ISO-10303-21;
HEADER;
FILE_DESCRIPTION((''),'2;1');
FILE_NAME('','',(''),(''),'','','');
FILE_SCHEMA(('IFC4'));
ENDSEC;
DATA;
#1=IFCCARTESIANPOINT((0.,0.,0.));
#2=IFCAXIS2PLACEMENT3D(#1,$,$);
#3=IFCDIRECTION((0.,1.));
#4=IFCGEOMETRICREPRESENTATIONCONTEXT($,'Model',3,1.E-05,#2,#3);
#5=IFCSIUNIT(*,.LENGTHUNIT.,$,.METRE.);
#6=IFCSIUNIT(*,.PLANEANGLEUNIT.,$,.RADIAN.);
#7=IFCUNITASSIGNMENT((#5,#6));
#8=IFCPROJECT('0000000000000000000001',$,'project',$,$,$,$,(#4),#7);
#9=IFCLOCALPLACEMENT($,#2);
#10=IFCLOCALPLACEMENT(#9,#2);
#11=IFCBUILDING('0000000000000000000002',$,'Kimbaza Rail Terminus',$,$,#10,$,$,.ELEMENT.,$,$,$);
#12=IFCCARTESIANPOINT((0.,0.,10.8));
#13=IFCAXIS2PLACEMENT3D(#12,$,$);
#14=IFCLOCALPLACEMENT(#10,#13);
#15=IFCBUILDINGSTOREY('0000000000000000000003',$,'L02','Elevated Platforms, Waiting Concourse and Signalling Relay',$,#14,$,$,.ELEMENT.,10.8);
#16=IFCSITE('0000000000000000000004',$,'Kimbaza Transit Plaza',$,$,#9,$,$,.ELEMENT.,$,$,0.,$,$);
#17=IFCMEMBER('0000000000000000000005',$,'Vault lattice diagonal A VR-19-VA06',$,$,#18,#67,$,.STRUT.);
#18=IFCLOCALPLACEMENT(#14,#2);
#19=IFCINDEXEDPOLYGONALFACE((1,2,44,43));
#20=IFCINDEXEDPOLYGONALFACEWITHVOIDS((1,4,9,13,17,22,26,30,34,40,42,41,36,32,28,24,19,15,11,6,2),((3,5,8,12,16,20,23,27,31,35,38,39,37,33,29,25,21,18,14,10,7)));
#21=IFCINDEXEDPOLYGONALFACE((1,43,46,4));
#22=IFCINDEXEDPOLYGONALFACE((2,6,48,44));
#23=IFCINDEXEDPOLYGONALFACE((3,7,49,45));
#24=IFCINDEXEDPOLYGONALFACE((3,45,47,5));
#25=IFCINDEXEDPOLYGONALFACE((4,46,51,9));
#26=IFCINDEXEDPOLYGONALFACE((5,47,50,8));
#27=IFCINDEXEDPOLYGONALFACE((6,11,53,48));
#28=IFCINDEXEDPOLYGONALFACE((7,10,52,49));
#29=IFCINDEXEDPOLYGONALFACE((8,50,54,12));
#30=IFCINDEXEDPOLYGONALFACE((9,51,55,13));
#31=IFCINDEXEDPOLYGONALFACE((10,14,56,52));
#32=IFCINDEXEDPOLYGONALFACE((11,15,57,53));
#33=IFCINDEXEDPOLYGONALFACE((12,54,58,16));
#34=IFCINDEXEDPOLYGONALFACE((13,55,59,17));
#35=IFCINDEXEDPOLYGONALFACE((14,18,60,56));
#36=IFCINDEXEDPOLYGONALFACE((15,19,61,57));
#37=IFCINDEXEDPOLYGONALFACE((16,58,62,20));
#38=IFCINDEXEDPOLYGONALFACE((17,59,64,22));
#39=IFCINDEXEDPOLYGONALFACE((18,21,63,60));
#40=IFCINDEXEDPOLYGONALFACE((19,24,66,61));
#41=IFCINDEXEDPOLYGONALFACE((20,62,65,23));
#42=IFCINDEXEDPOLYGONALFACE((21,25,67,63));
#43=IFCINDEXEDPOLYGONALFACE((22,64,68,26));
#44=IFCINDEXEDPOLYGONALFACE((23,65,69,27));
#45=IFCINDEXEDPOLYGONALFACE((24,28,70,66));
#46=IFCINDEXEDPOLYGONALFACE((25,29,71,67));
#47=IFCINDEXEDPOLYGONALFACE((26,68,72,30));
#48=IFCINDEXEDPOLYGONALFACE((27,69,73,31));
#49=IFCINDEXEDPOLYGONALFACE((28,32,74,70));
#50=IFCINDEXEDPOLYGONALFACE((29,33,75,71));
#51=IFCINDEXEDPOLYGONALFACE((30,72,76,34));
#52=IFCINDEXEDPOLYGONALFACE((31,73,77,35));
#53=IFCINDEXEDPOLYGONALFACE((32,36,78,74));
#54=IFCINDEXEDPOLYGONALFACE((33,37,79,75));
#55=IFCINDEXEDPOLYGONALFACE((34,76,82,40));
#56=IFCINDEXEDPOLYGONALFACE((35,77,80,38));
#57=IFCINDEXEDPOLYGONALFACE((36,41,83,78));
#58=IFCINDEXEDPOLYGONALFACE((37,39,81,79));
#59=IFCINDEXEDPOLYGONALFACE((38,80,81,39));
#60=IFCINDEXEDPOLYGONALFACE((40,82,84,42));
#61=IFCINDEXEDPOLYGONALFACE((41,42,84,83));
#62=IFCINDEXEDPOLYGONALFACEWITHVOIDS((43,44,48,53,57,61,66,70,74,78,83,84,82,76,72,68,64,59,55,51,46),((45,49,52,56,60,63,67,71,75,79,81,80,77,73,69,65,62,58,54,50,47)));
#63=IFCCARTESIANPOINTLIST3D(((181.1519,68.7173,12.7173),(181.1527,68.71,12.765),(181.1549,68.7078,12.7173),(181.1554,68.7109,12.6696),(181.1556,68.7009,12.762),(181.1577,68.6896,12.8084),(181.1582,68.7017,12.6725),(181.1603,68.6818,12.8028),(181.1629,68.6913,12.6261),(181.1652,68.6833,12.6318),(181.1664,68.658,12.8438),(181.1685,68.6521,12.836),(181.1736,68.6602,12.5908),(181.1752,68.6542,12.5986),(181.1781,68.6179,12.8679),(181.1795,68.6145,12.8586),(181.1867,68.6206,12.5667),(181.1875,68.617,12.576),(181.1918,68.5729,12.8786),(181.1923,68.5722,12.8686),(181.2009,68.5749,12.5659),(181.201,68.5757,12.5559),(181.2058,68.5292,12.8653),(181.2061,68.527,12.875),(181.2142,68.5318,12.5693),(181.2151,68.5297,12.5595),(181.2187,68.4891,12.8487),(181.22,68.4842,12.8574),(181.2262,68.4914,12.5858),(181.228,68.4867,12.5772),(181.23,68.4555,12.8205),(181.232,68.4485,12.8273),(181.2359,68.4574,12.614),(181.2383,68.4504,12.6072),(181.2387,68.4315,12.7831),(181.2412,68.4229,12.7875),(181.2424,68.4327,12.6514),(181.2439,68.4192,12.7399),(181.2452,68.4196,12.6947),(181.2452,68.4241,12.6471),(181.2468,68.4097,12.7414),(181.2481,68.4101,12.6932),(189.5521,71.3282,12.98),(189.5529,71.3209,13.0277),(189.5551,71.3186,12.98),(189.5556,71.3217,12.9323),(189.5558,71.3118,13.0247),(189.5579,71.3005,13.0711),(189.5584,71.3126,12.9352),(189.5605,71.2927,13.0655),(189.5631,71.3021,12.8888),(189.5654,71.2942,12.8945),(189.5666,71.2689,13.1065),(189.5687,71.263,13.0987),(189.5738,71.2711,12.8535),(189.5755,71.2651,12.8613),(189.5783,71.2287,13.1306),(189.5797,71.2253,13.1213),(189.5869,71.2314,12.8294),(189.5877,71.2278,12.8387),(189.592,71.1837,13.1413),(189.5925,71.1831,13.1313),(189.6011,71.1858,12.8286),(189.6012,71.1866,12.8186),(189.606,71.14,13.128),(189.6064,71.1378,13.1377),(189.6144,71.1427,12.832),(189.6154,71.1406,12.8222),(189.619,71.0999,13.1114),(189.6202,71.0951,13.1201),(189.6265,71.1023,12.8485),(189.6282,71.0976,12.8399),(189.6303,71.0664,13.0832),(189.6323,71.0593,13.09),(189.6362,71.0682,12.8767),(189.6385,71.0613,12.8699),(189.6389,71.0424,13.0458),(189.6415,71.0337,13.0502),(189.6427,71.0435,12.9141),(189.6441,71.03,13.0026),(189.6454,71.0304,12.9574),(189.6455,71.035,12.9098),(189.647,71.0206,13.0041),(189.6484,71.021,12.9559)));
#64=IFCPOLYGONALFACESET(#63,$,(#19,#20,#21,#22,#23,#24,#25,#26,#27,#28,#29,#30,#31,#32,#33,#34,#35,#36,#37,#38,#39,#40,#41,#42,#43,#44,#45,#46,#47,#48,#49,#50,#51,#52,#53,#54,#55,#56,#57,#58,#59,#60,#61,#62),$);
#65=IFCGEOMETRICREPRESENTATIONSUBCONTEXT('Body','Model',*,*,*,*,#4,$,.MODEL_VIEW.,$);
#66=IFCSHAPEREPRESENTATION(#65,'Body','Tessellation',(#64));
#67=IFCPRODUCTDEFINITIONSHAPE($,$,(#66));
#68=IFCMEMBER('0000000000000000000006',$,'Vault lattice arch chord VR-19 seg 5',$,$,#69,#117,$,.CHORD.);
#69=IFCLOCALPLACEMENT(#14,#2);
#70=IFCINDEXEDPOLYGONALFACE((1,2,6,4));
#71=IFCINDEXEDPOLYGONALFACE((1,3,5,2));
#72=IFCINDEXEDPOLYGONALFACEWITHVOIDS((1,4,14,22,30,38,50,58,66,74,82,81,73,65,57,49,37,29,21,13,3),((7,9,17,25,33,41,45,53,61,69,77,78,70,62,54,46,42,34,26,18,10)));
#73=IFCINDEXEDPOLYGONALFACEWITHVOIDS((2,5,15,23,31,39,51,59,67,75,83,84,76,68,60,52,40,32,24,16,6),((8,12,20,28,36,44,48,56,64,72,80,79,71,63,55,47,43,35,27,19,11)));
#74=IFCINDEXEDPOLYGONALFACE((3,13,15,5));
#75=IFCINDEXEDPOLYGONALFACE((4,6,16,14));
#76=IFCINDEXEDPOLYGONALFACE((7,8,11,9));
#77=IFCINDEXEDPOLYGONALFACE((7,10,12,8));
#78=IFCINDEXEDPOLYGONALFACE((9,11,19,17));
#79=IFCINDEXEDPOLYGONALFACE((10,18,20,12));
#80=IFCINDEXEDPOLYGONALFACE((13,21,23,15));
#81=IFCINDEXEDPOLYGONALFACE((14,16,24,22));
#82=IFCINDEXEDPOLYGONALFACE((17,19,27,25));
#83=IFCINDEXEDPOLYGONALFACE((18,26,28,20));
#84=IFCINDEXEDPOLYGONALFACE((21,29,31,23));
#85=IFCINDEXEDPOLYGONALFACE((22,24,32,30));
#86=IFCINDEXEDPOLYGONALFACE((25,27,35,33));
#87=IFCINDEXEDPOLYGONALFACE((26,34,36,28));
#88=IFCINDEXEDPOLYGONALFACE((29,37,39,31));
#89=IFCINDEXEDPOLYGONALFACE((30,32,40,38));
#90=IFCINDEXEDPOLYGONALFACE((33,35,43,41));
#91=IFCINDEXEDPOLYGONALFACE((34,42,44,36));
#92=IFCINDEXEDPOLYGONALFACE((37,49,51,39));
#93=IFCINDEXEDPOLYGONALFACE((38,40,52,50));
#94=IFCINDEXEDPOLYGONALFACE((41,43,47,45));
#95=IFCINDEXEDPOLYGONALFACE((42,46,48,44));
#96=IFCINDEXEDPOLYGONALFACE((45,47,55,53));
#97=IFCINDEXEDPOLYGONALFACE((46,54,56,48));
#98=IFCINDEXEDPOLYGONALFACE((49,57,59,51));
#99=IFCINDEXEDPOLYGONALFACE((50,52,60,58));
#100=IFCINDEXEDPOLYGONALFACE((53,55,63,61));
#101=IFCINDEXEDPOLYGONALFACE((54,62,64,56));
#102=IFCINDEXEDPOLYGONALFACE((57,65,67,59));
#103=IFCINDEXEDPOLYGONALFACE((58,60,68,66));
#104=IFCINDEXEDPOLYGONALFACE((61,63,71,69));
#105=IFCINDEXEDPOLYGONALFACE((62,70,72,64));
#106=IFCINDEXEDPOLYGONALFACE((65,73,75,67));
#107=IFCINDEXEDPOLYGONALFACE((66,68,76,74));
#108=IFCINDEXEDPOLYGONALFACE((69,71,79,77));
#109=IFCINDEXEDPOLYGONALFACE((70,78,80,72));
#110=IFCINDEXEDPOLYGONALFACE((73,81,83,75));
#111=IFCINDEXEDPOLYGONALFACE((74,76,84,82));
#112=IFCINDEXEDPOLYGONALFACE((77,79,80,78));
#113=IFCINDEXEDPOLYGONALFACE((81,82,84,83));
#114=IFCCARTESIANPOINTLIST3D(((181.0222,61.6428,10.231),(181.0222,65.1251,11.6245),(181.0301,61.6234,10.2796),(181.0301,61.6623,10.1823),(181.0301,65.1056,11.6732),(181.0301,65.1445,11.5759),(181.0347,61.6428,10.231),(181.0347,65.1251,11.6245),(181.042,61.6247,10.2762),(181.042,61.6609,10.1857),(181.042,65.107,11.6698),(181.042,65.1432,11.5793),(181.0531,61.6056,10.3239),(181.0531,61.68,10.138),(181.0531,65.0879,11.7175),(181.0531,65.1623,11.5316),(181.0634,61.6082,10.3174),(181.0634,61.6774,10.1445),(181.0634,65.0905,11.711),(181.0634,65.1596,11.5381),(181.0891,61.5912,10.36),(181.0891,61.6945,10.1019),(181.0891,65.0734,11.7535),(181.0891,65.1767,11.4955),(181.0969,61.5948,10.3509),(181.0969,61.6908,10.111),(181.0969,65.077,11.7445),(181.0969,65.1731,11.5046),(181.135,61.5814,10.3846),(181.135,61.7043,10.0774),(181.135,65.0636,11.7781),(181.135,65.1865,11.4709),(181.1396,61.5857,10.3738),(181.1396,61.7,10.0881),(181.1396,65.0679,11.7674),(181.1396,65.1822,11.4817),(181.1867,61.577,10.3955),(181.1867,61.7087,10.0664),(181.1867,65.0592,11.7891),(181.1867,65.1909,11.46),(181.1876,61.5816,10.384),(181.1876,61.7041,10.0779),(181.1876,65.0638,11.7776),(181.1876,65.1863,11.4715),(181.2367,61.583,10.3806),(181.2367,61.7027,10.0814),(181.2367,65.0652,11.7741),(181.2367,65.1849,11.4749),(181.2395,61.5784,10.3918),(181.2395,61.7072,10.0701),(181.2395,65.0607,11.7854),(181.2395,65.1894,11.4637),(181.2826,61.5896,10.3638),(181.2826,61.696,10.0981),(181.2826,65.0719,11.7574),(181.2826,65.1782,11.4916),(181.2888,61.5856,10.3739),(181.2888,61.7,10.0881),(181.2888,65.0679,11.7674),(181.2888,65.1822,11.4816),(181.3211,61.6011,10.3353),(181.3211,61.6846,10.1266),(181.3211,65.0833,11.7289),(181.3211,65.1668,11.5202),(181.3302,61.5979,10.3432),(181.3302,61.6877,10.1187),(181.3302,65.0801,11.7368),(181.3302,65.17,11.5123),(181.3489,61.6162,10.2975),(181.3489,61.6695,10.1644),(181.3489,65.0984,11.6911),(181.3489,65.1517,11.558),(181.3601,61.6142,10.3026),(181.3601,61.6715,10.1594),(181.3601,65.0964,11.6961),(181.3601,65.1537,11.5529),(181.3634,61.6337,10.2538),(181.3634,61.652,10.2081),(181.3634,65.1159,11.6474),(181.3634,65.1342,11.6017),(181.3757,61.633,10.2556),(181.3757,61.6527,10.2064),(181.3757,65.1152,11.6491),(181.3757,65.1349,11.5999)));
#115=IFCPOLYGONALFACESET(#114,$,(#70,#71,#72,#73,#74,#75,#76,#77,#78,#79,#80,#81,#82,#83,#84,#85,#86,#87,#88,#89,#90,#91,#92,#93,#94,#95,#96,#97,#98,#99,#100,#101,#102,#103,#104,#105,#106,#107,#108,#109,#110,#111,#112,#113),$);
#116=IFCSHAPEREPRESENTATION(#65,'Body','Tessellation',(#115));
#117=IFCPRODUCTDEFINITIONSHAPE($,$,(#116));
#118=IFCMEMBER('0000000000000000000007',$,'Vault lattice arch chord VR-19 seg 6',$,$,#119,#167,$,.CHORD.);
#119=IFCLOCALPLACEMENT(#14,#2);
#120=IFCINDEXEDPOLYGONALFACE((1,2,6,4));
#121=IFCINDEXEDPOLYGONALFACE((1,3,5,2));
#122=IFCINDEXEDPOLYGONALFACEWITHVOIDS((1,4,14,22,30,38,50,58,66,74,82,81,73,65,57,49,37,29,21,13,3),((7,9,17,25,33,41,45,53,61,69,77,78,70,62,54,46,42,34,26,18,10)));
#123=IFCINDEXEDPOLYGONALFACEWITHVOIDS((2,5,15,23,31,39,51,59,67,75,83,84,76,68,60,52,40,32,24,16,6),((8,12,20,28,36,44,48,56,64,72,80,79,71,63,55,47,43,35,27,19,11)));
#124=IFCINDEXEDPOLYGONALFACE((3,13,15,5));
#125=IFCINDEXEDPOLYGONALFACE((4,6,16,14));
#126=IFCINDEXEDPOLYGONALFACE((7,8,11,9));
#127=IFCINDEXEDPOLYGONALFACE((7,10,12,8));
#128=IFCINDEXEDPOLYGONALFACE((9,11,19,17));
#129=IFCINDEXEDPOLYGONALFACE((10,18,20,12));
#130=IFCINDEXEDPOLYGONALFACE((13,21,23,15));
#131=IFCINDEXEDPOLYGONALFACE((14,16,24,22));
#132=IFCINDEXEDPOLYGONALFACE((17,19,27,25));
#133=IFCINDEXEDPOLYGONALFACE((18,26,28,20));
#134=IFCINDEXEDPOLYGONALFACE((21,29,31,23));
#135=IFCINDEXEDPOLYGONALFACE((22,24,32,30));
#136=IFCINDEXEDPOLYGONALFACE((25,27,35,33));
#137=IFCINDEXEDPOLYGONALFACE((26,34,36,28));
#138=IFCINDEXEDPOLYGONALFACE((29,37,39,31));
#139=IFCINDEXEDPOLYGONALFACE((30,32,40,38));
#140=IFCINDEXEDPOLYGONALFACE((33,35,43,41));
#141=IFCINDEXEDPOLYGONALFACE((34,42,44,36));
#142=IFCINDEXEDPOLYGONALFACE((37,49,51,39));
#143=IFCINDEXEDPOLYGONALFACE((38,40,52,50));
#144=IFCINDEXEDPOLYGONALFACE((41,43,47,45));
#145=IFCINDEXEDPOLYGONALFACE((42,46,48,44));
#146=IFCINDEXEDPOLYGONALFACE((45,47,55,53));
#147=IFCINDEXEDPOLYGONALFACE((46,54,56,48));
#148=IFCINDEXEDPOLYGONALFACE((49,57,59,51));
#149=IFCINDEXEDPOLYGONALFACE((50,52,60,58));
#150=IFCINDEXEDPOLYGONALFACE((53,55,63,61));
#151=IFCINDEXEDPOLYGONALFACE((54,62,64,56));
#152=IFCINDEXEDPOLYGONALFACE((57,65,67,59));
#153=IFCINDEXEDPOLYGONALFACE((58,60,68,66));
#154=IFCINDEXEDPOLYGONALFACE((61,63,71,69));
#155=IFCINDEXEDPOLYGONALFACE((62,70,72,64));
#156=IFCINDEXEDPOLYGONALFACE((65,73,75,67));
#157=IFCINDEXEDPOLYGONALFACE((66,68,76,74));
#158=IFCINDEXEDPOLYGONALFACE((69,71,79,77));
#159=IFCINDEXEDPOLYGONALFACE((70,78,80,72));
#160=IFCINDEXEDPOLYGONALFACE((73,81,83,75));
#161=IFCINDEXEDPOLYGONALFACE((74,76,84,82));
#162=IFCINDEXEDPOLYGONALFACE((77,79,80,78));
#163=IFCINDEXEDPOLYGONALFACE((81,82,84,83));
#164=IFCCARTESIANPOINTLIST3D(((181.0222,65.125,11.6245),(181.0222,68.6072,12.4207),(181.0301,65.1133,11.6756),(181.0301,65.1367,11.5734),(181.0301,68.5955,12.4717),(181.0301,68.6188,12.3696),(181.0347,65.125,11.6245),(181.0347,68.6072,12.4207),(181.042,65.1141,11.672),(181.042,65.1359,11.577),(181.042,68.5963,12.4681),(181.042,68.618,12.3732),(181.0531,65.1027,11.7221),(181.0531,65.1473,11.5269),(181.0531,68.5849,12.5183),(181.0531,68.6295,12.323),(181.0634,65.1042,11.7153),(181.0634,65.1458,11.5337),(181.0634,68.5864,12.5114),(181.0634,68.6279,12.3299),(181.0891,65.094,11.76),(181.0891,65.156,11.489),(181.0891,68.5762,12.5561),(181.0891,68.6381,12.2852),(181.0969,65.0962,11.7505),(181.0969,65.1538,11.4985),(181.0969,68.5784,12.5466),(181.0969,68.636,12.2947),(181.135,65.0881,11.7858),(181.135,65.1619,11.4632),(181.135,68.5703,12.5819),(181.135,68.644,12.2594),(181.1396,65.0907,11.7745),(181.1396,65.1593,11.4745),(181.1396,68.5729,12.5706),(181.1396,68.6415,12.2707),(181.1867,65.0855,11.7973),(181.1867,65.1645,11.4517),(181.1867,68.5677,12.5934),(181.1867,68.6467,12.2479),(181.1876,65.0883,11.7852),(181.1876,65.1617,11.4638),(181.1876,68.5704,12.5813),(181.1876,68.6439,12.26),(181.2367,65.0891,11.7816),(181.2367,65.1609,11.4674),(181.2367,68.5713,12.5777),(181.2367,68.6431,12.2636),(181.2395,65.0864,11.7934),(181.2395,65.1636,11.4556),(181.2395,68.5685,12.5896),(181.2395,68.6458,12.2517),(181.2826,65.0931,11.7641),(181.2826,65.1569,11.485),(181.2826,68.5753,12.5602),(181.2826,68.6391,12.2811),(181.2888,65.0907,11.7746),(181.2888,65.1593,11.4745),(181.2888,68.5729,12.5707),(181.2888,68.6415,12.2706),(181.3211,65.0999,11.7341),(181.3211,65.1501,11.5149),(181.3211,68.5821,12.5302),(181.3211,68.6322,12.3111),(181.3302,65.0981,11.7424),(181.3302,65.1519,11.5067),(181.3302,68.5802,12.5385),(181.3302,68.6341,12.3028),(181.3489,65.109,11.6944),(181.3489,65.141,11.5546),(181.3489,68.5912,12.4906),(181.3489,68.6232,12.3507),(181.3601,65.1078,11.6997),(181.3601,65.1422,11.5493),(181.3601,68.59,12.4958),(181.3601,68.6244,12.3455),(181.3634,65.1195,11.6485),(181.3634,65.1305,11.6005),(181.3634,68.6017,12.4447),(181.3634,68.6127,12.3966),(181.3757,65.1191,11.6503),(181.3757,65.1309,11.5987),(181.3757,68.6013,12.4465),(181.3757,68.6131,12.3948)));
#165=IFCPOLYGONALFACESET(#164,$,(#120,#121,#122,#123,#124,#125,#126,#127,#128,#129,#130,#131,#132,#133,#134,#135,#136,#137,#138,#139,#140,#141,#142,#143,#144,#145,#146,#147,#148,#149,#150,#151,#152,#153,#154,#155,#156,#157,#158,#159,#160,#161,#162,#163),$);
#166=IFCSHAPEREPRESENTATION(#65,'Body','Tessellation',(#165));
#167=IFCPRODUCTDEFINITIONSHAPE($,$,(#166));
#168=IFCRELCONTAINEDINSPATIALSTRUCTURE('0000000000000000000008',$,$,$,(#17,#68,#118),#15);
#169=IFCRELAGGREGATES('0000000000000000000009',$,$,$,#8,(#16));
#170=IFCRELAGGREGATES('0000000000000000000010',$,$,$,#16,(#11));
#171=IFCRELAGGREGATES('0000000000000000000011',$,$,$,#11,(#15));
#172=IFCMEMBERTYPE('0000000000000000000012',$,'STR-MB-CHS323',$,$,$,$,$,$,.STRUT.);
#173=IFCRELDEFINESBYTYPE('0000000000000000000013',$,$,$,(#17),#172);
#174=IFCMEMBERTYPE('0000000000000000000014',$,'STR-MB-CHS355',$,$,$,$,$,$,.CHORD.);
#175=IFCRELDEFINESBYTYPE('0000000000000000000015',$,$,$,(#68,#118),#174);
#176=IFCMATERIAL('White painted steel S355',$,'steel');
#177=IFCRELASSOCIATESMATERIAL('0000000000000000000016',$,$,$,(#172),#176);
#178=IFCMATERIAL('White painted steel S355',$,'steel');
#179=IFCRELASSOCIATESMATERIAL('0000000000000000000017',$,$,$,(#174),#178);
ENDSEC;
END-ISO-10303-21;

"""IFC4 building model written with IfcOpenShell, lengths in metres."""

from ifc_helpers import new_model, si_unit, direction, frame, origin, origin_2d, place, context, subcontext, project, spatial, hollow_circle, extrude, material, material_profile, profile_set, type_object, element, save


model = new_model("IFC4")

# Units and contexts
model_context = context("Model", 3, precision=1e-05, world=origin(), true_north=direction((0.0, 1.0)))
body_context = subcontext(model_context, "Body", "Model", "MODEL_VIEW")
ifc_project = project(units=[si_unit("LENGTHUNIT", "METRE"), si_unit("PLANEANGLEUNIT", "RADIAN")], contexts=[model_context])

# Site, building, storey
site_placement = place(None, origin())
site = spatial("IfcSite", under=ifc_project, at=site_placement, Name="Kimbaza Transit Plaza", CompositionType="ELEMENT", RefElevation=0.0)
building_placement = place(site_placement, origin())
building = spatial("IfcBuilding", under=site, at=building_placement, Name="Kimbaza Rail Terminus", CompositionType="ELEMENT")
storey_placement = place(building_placement, frame((0.0, 0.0, 10.8)))
storey = spatial("IfcBuildingStorey", under=building, at=storey_placement, Name="L02", Description="Elevated Platforms, Waiting Concourse and Signalling Relay", CompositionType="ELEMENT", Elevation=10.8)

# Members
ifc_material_1 = material(Name="White painted steel S355", Category="steel")
ifc_material_profile_1 = material_profile(ifc_material_1, hollow_circle(Radius=0.1619, WallThickness=0.01, at=origin_2d()), Name="CHS 323.9x10")
ifc_profile_set_1 = profile_set([ifc_material_profile_1], Name="White painted steel S355")
member_type_1 = type_object("IfcMemberType", Name="STR-MB-CHS323", PredefinedType="STRUT", material=ifc_profile_set_1)
member_1_placement = place(storey_placement, frame((181.2, 68.5627, 12.7173), z_axis=(0.954513, 0.296671, 0.02985), x_axis=(-0.296803, 0.954939, 0.0)))
element("IfcMember", 1, at=member_1_placement, inside=storey, type_object=member_type_1, Name="Vault lattice diagonal A VR-19-VA06", PredefinedType="STRUT", context=body_context, shape_type="SweptSolid", body=[
    extrude(hollow_circle(Radius=0.1619, WallThickness=0.01, at=origin_2d()), origin(), (0.0, 0.0, 1.0), 8.8005),
])
ifc_material_2 = material(Name="White painted steel S355", Category="steel")
ifc_material_profile_2 = material_profile(ifc_material_2, hollow_circle(Radius=0.1777, WallThickness=0.0125, at=origin_2d()), Name="CHS 355.6x12.5")
ifc_profile_set_2 = profile_set([ifc_material_profile_2], Name="White painted steel S355")
member_type_2 = type_object("IfcMemberType", Name="STR-MB-CHS355", PredefinedType="CHORD", material=ifc_profile_set_2)
member_2_placement = place(storey_placement, frame((181.2, 61.6428, 10.231), z_axis=(0.0, 0.928414, 0.371548), x_axis=(-1.0, 0.0, 0.0)))
element("IfcMember", 2, at=member_2_placement, inside=storey, type_object=member_type_2, Name="Vault lattice arch chord VR-19 seg 5", PredefinedType="CHORD", context=body_context, shape_type="SweptSolid", body=[
    extrude(hollow_circle(Radius=0.1777, WallThickness=0.0125, at=origin_2d()), origin(), (0.0, 0.0, 1.0), 3.7507),
])
member_3_placement = place(storey_placement, frame((181.2, 65.125, 11.6245), z_axis=(0.0, 0.974845, 0.222882), x_axis=(-1.0, 0.0, 0.0)))
element("IfcMember", 3, at=member_3_placement, inside=storey, type_object=member_type_2, Name="Vault lattice arch chord VR-19 seg 6", PredefinedType="CHORD", context=body_context, shape_type="SweptSolid", body=[
    extrude(hollow_circle(Radius=0.1777, WallThickness=0.0125, at=origin_2d()), origin(), (0.0, 0.0, 1.0), 3.572),
])

save(model, "model.ifc")
